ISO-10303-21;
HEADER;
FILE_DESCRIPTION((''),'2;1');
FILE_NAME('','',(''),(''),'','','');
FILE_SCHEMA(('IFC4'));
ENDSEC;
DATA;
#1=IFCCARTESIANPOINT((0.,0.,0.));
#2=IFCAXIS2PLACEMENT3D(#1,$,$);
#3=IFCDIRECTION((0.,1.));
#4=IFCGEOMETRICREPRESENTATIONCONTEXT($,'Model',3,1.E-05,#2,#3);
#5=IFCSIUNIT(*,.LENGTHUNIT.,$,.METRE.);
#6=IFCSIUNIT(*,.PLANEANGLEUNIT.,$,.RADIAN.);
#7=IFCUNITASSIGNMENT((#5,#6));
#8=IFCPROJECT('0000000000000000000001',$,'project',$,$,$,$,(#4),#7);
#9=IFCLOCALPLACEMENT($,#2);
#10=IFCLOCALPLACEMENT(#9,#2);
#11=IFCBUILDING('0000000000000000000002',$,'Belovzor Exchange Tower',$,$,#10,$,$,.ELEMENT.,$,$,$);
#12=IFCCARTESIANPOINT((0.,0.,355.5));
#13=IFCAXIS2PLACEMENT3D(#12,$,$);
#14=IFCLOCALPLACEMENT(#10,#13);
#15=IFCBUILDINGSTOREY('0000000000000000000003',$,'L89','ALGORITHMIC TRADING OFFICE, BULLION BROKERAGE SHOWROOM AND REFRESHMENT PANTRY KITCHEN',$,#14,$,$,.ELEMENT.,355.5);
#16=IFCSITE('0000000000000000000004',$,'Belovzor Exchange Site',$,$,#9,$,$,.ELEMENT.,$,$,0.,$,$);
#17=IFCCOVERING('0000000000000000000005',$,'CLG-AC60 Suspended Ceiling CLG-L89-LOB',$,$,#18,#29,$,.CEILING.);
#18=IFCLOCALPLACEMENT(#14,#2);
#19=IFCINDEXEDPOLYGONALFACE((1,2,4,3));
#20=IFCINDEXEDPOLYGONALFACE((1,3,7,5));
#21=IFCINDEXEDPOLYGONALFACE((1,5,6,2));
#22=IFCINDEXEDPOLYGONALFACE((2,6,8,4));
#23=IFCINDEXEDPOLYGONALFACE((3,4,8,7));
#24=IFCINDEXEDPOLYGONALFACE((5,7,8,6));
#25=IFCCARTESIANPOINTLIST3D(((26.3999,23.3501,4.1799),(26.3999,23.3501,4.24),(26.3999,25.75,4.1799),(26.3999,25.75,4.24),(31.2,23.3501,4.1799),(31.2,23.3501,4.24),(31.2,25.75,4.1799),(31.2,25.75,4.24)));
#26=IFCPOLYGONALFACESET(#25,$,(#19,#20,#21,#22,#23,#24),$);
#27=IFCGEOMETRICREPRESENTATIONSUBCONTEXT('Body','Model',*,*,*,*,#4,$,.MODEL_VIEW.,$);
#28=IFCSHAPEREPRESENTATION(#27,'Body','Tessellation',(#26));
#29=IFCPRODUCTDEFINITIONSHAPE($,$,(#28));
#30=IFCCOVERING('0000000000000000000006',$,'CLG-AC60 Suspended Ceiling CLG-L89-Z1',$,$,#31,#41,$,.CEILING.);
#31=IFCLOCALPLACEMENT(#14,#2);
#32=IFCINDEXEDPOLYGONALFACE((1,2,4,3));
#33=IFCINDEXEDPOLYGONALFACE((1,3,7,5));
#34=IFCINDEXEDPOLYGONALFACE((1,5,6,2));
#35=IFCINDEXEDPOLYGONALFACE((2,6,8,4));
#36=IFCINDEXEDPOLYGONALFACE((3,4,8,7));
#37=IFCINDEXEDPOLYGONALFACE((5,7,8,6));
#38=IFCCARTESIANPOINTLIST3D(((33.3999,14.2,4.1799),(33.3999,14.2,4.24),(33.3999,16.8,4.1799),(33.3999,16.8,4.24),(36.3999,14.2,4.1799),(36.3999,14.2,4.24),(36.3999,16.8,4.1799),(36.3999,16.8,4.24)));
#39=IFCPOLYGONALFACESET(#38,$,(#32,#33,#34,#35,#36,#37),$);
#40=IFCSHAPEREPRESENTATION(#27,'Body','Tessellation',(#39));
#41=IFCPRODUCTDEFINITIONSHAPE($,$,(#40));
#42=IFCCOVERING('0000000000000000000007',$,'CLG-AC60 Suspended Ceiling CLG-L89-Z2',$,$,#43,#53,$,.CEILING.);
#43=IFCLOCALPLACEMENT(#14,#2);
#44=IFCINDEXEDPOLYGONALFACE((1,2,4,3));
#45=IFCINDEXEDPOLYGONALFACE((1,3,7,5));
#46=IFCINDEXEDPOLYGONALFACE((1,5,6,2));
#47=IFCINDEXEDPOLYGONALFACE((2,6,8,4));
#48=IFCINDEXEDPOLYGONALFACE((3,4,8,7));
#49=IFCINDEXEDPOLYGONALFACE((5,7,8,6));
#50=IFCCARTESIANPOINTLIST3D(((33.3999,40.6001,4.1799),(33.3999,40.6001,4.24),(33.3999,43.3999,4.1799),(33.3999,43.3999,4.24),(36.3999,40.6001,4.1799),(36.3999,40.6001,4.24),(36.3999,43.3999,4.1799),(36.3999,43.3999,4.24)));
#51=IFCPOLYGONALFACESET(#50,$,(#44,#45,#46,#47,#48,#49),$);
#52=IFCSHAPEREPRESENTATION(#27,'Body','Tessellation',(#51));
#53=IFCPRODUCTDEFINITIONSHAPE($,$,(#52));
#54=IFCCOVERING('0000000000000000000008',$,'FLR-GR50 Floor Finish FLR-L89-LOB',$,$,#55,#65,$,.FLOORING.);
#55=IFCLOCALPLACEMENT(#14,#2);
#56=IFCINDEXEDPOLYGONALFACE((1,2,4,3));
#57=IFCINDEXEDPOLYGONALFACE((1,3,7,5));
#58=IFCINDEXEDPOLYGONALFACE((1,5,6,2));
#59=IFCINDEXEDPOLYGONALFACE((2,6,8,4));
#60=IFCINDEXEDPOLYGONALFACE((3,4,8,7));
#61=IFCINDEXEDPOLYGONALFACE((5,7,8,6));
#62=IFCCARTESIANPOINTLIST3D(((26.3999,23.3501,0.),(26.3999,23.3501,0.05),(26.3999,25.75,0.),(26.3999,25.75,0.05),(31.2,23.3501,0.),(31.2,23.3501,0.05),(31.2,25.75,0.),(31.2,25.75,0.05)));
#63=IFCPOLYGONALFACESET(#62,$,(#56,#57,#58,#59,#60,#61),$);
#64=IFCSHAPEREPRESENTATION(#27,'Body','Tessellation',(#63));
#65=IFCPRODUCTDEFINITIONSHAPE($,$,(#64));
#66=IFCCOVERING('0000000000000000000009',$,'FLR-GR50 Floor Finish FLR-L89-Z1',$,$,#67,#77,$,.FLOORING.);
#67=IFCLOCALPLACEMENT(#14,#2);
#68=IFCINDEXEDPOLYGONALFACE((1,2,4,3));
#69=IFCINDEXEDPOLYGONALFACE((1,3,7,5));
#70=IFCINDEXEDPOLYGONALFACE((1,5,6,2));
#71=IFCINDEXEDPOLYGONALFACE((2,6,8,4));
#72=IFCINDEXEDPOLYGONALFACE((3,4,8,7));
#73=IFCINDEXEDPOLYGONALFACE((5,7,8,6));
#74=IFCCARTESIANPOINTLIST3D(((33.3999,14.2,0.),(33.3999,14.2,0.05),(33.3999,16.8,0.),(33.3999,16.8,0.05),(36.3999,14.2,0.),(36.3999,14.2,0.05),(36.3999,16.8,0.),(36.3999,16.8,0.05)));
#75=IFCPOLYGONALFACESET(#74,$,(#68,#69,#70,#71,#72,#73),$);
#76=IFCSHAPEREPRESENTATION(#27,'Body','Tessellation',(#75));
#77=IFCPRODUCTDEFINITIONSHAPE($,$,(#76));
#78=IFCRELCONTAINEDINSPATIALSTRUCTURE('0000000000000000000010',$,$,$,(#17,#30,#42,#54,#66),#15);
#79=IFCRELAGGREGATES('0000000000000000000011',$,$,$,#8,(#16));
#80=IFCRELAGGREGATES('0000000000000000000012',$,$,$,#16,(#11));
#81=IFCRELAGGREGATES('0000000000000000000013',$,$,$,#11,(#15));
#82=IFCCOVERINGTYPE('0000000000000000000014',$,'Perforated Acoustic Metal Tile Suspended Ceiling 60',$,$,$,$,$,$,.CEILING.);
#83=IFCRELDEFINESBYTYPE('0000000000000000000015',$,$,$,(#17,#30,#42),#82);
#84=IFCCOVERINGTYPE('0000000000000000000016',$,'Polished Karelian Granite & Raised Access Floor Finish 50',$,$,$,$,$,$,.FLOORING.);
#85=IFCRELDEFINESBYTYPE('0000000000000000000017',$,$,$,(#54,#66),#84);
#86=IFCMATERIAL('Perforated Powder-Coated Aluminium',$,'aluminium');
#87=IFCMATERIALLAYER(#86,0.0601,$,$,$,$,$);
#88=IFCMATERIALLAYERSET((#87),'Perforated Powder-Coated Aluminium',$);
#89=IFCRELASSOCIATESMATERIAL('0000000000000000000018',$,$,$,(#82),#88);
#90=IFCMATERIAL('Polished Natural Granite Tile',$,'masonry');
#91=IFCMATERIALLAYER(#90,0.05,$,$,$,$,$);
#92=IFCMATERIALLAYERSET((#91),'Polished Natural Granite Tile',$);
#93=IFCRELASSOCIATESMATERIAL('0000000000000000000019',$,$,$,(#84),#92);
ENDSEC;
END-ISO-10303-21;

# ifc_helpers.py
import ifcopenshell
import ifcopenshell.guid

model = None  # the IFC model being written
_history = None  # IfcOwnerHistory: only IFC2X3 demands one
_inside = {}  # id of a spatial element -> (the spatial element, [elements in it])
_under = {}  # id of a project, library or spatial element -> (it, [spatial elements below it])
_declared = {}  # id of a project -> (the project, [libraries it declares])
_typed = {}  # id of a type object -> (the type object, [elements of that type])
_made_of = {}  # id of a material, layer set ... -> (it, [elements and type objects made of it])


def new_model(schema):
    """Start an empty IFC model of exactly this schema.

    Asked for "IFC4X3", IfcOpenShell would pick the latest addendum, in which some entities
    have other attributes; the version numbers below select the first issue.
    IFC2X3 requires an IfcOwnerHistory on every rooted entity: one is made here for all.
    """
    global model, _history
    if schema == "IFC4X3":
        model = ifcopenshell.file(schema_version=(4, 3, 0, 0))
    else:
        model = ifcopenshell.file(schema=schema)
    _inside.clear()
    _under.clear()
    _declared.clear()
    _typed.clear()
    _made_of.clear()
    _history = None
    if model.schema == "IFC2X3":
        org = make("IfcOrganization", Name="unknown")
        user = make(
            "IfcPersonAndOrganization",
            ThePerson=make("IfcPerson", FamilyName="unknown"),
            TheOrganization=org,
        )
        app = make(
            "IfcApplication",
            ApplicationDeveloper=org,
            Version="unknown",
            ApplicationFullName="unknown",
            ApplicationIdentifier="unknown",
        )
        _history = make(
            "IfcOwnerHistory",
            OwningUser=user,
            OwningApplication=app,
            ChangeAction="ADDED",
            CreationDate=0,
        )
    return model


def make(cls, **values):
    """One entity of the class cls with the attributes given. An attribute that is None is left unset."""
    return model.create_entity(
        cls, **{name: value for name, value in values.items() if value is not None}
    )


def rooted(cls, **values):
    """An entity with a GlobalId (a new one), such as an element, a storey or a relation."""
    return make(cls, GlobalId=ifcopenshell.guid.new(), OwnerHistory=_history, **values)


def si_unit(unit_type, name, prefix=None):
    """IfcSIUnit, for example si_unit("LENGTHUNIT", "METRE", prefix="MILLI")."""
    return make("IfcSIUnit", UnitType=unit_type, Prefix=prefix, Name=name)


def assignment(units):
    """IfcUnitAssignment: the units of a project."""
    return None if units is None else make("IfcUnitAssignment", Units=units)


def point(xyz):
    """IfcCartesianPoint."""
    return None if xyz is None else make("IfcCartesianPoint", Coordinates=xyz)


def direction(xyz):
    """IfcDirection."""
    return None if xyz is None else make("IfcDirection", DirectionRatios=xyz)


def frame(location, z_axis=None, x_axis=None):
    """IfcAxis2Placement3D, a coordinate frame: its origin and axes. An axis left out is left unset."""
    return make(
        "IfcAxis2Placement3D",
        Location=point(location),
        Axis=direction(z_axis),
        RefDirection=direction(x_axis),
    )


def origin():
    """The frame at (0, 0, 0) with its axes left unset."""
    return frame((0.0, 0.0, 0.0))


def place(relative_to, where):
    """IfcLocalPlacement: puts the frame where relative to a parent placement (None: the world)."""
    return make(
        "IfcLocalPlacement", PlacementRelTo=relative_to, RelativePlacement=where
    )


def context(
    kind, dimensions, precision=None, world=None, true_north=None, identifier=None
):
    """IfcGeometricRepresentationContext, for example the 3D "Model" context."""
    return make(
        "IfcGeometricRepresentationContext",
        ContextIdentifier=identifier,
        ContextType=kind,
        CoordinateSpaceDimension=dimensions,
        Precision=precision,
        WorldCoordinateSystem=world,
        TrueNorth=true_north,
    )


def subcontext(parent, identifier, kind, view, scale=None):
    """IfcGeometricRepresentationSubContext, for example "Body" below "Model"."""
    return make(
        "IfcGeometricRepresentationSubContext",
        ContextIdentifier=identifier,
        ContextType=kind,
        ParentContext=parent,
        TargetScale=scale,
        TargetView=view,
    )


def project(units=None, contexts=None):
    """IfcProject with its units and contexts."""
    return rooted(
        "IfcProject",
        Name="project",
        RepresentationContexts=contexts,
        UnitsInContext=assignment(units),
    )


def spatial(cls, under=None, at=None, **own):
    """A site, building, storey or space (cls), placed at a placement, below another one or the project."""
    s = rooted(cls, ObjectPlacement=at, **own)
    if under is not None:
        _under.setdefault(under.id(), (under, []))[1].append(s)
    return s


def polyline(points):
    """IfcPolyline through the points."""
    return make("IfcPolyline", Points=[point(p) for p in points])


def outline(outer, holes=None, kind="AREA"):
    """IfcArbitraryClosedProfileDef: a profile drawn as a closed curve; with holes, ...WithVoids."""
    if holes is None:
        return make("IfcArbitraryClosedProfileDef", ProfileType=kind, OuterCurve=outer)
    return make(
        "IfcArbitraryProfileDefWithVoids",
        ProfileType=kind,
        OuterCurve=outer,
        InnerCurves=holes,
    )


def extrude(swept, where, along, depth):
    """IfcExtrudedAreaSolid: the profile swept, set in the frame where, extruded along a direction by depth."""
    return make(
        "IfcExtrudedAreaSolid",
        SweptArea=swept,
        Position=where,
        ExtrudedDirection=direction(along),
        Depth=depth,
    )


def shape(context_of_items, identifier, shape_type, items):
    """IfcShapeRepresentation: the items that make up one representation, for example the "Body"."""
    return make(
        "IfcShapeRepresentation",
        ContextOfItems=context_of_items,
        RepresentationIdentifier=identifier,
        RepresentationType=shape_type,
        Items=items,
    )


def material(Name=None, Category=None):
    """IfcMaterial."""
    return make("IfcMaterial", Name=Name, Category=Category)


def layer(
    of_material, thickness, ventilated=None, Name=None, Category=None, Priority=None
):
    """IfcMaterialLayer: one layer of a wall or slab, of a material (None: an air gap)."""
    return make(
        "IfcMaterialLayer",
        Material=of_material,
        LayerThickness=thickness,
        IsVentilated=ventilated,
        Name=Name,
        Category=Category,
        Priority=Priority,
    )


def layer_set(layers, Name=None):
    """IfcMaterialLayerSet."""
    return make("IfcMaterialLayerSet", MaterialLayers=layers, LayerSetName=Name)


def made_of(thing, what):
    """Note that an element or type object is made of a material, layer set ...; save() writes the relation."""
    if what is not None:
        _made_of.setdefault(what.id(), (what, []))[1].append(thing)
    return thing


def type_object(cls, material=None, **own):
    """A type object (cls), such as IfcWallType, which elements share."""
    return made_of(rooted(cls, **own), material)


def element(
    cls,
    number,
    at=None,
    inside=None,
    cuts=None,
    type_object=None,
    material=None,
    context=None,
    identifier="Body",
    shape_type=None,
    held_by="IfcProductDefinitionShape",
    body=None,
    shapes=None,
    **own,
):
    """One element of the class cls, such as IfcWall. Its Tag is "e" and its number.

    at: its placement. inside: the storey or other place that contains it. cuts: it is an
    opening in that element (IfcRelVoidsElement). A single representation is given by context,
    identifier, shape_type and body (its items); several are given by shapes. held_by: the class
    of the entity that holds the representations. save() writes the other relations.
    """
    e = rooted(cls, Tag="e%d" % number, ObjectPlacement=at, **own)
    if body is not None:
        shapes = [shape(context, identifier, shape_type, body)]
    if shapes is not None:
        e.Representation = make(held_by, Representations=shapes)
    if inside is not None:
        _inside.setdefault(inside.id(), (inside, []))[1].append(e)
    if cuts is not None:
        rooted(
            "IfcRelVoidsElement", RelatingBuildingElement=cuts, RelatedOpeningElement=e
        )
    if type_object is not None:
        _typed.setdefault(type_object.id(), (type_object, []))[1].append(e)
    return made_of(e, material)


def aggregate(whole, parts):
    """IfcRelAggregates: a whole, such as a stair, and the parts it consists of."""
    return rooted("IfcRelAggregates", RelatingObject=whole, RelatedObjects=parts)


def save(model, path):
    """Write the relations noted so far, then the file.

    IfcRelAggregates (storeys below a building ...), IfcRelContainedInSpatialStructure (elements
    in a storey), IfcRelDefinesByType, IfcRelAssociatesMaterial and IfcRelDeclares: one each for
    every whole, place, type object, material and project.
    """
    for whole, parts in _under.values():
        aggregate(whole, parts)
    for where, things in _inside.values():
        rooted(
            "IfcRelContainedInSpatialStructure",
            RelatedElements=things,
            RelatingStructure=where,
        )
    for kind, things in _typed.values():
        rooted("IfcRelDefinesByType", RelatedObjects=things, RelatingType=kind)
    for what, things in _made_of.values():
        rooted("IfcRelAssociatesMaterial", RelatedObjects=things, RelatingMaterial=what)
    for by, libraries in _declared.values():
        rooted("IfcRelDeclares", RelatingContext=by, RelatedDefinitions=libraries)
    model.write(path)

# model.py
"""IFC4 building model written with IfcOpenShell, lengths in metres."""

from ifc_helpers import new_model, si_unit, direction, frame, origin, place, context, subcontext, project, spatial, polyline, outline, extrude, material, layer, layer_set, type_object, element, save


model = new_model("IFC4")

# Units and contexts
model_context = context("Model", 3, precision=1e-05, world=origin(), true_north=direction((0.0, 1.0)))
body_context = subcontext(model_context, "Body", "Model", "MODEL_VIEW")
ifc_project = project(units=[si_unit("LENGTHUNIT", "METRE"), si_unit("PLANEANGLEUNIT", "RADIAN")], contexts=[model_context])

# Site, building, storey
site_placement = place(None, origin())
site = spatial("IfcSite", under=ifc_project, at=site_placement, Name="Belovzor Exchange Site", CompositionType="ELEMENT", RefElevation=0.0)
building_placement = place(site_placement, origin())
building = spatial("IfcBuilding", under=site, at=building_placement, Name="Belovzor Exchange Tower", CompositionType="ELEMENT")
storey_placement = place(building_placement, frame((0.0, 0.0, 355.5)))
storey = spatial("IfcBuildingStorey", under=building, at=storey_placement, Name="L89", Description="ALGORITHMIC TRADING OFFICE, BULLION BROKERAGE SHOWROOM AND REFRESHMENT PANTRY KITCHEN", CompositionType="ELEMENT", Elevation=355.5)

# Coverings
ifc_material_1 = material(Name="Perforated Powder-Coated Aluminium", Category="aluminium")
ifc_layer_1 = layer(ifc_material_1, 0.0601)
ifc_layer_set_1 = layer_set([ifc_layer_1], Name="Perforated Powder-Coated Aluminium")
covering_type_1 = type_object("IfcCoveringType", Name="Perforated Acoustic Metal Tile Suspended Ceiling 60", PredefinedType="CEILING", material=ifc_layer_set_1)
covering_1_placement = place(storey_placement, frame((0.0, 0.0, 4.1799)))
element("IfcCovering", 1, at=covering_1_placement, inside=storey, type_object=covering_type_1, Name="CLG-AC60 Suspended Ceiling CLG-L89-LOB", PredefinedType="CEILING", context=body_context, shape_type="SweptSolid", body=[
    extrude(outline(polyline([(26.3999, 23.3501), (31.2, 23.3501), (31.2, 25.75), (26.3999, 25.75), (26.3999, 23.3501)])), origin(), (0.0, 0.0, 1.0), 0.0601),
])
covering_2_placement = place(storey_placement, frame((0.0, 0.0, 4.1799)))
element("IfcCovering", 2, at=covering_2_placement, inside=storey, type_object=covering_type_1, Name="CLG-AC60 Suspended Ceiling CLG-L89-Z1", PredefinedType="CEILING", context=body_context, shape_type="SweptSolid", body=[
    extrude(outline(polyline([(33.3999, 14.2), (36.3999, 14.2), (36.3999, 16.8), (33.3999, 16.8), (33.3999, 14.2)])), origin(), (0.0, 0.0, 1.0), 0.0601),
])
covering_3_placement = place(storey_placement, frame((0.0, 0.0, 4.1799)))
element("IfcCovering", 3, at=covering_3_placement, inside=storey, type_object=covering_type_1, Name="CLG-AC60 Suspended Ceiling CLG-L89-Z2", PredefinedType="CEILING", context=body_context, shape_type="SweptSolid", body=[
    extrude(outline(polyline([(33.3999, 40.6001), (36.3999, 40.6001), (36.3999, 43.3999), (33.3999, 43.3999), (33.3999, 40.6001)])), origin(), (0.0, 0.0, 1.0), 0.0601),
])
ifc_material_2 = material(Name="Polished Natural Granite Tile", Category="masonry")
ifc_layer_2 = layer(ifc_material_2, 0.05)
ifc_layer_set_2 = layer_set([ifc_layer_2], Name="Polished Natural Granite Tile")
covering_type_2 = type_object("IfcCoveringType", Name="Polished Karelian Granite & Raised Access Floor Finish 50", PredefinedType="FLOORING", material=ifc_layer_set_2)
covering_4_placement = place(storey_placement, origin())
element("IfcCovering", 4, at=covering_4_placement, inside=storey, type_object=covering_type_2, Name="FLR-GR50 Floor Finish FLR-L89-LOB", PredefinedType="FLOORING", context=body_context, shape_type="SweptSolid", body=[
    extrude(outline(polyline([(26.3999, 23.3501), (31.2, 23.3501), (31.2, 25.75), (26.3999, 25.75), (26.3999, 23.3501)])), origin(), (0.0, 0.0, 1.0), 0.05),
])
covering_5_placement = place(storey_placement, origin())
element("IfcCovering", 5, at=covering_5_placement, inside=storey, type_object=covering_type_2, Name="FLR-GR50 Floor Finish FLR-L89-Z1", PredefinedType="FLOORING", context=body_context, shape_type="SweptSolid", body=[
    extrude(outline(polyline([(33.3999, 14.2), (36.3999, 14.2), (36.3999, 16.8), (33.3999, 16.8), (33.3999, 14.2)])), origin(), (0.0, 0.0, 1.0), 0.05),
])

save(model, "model.ifc")
